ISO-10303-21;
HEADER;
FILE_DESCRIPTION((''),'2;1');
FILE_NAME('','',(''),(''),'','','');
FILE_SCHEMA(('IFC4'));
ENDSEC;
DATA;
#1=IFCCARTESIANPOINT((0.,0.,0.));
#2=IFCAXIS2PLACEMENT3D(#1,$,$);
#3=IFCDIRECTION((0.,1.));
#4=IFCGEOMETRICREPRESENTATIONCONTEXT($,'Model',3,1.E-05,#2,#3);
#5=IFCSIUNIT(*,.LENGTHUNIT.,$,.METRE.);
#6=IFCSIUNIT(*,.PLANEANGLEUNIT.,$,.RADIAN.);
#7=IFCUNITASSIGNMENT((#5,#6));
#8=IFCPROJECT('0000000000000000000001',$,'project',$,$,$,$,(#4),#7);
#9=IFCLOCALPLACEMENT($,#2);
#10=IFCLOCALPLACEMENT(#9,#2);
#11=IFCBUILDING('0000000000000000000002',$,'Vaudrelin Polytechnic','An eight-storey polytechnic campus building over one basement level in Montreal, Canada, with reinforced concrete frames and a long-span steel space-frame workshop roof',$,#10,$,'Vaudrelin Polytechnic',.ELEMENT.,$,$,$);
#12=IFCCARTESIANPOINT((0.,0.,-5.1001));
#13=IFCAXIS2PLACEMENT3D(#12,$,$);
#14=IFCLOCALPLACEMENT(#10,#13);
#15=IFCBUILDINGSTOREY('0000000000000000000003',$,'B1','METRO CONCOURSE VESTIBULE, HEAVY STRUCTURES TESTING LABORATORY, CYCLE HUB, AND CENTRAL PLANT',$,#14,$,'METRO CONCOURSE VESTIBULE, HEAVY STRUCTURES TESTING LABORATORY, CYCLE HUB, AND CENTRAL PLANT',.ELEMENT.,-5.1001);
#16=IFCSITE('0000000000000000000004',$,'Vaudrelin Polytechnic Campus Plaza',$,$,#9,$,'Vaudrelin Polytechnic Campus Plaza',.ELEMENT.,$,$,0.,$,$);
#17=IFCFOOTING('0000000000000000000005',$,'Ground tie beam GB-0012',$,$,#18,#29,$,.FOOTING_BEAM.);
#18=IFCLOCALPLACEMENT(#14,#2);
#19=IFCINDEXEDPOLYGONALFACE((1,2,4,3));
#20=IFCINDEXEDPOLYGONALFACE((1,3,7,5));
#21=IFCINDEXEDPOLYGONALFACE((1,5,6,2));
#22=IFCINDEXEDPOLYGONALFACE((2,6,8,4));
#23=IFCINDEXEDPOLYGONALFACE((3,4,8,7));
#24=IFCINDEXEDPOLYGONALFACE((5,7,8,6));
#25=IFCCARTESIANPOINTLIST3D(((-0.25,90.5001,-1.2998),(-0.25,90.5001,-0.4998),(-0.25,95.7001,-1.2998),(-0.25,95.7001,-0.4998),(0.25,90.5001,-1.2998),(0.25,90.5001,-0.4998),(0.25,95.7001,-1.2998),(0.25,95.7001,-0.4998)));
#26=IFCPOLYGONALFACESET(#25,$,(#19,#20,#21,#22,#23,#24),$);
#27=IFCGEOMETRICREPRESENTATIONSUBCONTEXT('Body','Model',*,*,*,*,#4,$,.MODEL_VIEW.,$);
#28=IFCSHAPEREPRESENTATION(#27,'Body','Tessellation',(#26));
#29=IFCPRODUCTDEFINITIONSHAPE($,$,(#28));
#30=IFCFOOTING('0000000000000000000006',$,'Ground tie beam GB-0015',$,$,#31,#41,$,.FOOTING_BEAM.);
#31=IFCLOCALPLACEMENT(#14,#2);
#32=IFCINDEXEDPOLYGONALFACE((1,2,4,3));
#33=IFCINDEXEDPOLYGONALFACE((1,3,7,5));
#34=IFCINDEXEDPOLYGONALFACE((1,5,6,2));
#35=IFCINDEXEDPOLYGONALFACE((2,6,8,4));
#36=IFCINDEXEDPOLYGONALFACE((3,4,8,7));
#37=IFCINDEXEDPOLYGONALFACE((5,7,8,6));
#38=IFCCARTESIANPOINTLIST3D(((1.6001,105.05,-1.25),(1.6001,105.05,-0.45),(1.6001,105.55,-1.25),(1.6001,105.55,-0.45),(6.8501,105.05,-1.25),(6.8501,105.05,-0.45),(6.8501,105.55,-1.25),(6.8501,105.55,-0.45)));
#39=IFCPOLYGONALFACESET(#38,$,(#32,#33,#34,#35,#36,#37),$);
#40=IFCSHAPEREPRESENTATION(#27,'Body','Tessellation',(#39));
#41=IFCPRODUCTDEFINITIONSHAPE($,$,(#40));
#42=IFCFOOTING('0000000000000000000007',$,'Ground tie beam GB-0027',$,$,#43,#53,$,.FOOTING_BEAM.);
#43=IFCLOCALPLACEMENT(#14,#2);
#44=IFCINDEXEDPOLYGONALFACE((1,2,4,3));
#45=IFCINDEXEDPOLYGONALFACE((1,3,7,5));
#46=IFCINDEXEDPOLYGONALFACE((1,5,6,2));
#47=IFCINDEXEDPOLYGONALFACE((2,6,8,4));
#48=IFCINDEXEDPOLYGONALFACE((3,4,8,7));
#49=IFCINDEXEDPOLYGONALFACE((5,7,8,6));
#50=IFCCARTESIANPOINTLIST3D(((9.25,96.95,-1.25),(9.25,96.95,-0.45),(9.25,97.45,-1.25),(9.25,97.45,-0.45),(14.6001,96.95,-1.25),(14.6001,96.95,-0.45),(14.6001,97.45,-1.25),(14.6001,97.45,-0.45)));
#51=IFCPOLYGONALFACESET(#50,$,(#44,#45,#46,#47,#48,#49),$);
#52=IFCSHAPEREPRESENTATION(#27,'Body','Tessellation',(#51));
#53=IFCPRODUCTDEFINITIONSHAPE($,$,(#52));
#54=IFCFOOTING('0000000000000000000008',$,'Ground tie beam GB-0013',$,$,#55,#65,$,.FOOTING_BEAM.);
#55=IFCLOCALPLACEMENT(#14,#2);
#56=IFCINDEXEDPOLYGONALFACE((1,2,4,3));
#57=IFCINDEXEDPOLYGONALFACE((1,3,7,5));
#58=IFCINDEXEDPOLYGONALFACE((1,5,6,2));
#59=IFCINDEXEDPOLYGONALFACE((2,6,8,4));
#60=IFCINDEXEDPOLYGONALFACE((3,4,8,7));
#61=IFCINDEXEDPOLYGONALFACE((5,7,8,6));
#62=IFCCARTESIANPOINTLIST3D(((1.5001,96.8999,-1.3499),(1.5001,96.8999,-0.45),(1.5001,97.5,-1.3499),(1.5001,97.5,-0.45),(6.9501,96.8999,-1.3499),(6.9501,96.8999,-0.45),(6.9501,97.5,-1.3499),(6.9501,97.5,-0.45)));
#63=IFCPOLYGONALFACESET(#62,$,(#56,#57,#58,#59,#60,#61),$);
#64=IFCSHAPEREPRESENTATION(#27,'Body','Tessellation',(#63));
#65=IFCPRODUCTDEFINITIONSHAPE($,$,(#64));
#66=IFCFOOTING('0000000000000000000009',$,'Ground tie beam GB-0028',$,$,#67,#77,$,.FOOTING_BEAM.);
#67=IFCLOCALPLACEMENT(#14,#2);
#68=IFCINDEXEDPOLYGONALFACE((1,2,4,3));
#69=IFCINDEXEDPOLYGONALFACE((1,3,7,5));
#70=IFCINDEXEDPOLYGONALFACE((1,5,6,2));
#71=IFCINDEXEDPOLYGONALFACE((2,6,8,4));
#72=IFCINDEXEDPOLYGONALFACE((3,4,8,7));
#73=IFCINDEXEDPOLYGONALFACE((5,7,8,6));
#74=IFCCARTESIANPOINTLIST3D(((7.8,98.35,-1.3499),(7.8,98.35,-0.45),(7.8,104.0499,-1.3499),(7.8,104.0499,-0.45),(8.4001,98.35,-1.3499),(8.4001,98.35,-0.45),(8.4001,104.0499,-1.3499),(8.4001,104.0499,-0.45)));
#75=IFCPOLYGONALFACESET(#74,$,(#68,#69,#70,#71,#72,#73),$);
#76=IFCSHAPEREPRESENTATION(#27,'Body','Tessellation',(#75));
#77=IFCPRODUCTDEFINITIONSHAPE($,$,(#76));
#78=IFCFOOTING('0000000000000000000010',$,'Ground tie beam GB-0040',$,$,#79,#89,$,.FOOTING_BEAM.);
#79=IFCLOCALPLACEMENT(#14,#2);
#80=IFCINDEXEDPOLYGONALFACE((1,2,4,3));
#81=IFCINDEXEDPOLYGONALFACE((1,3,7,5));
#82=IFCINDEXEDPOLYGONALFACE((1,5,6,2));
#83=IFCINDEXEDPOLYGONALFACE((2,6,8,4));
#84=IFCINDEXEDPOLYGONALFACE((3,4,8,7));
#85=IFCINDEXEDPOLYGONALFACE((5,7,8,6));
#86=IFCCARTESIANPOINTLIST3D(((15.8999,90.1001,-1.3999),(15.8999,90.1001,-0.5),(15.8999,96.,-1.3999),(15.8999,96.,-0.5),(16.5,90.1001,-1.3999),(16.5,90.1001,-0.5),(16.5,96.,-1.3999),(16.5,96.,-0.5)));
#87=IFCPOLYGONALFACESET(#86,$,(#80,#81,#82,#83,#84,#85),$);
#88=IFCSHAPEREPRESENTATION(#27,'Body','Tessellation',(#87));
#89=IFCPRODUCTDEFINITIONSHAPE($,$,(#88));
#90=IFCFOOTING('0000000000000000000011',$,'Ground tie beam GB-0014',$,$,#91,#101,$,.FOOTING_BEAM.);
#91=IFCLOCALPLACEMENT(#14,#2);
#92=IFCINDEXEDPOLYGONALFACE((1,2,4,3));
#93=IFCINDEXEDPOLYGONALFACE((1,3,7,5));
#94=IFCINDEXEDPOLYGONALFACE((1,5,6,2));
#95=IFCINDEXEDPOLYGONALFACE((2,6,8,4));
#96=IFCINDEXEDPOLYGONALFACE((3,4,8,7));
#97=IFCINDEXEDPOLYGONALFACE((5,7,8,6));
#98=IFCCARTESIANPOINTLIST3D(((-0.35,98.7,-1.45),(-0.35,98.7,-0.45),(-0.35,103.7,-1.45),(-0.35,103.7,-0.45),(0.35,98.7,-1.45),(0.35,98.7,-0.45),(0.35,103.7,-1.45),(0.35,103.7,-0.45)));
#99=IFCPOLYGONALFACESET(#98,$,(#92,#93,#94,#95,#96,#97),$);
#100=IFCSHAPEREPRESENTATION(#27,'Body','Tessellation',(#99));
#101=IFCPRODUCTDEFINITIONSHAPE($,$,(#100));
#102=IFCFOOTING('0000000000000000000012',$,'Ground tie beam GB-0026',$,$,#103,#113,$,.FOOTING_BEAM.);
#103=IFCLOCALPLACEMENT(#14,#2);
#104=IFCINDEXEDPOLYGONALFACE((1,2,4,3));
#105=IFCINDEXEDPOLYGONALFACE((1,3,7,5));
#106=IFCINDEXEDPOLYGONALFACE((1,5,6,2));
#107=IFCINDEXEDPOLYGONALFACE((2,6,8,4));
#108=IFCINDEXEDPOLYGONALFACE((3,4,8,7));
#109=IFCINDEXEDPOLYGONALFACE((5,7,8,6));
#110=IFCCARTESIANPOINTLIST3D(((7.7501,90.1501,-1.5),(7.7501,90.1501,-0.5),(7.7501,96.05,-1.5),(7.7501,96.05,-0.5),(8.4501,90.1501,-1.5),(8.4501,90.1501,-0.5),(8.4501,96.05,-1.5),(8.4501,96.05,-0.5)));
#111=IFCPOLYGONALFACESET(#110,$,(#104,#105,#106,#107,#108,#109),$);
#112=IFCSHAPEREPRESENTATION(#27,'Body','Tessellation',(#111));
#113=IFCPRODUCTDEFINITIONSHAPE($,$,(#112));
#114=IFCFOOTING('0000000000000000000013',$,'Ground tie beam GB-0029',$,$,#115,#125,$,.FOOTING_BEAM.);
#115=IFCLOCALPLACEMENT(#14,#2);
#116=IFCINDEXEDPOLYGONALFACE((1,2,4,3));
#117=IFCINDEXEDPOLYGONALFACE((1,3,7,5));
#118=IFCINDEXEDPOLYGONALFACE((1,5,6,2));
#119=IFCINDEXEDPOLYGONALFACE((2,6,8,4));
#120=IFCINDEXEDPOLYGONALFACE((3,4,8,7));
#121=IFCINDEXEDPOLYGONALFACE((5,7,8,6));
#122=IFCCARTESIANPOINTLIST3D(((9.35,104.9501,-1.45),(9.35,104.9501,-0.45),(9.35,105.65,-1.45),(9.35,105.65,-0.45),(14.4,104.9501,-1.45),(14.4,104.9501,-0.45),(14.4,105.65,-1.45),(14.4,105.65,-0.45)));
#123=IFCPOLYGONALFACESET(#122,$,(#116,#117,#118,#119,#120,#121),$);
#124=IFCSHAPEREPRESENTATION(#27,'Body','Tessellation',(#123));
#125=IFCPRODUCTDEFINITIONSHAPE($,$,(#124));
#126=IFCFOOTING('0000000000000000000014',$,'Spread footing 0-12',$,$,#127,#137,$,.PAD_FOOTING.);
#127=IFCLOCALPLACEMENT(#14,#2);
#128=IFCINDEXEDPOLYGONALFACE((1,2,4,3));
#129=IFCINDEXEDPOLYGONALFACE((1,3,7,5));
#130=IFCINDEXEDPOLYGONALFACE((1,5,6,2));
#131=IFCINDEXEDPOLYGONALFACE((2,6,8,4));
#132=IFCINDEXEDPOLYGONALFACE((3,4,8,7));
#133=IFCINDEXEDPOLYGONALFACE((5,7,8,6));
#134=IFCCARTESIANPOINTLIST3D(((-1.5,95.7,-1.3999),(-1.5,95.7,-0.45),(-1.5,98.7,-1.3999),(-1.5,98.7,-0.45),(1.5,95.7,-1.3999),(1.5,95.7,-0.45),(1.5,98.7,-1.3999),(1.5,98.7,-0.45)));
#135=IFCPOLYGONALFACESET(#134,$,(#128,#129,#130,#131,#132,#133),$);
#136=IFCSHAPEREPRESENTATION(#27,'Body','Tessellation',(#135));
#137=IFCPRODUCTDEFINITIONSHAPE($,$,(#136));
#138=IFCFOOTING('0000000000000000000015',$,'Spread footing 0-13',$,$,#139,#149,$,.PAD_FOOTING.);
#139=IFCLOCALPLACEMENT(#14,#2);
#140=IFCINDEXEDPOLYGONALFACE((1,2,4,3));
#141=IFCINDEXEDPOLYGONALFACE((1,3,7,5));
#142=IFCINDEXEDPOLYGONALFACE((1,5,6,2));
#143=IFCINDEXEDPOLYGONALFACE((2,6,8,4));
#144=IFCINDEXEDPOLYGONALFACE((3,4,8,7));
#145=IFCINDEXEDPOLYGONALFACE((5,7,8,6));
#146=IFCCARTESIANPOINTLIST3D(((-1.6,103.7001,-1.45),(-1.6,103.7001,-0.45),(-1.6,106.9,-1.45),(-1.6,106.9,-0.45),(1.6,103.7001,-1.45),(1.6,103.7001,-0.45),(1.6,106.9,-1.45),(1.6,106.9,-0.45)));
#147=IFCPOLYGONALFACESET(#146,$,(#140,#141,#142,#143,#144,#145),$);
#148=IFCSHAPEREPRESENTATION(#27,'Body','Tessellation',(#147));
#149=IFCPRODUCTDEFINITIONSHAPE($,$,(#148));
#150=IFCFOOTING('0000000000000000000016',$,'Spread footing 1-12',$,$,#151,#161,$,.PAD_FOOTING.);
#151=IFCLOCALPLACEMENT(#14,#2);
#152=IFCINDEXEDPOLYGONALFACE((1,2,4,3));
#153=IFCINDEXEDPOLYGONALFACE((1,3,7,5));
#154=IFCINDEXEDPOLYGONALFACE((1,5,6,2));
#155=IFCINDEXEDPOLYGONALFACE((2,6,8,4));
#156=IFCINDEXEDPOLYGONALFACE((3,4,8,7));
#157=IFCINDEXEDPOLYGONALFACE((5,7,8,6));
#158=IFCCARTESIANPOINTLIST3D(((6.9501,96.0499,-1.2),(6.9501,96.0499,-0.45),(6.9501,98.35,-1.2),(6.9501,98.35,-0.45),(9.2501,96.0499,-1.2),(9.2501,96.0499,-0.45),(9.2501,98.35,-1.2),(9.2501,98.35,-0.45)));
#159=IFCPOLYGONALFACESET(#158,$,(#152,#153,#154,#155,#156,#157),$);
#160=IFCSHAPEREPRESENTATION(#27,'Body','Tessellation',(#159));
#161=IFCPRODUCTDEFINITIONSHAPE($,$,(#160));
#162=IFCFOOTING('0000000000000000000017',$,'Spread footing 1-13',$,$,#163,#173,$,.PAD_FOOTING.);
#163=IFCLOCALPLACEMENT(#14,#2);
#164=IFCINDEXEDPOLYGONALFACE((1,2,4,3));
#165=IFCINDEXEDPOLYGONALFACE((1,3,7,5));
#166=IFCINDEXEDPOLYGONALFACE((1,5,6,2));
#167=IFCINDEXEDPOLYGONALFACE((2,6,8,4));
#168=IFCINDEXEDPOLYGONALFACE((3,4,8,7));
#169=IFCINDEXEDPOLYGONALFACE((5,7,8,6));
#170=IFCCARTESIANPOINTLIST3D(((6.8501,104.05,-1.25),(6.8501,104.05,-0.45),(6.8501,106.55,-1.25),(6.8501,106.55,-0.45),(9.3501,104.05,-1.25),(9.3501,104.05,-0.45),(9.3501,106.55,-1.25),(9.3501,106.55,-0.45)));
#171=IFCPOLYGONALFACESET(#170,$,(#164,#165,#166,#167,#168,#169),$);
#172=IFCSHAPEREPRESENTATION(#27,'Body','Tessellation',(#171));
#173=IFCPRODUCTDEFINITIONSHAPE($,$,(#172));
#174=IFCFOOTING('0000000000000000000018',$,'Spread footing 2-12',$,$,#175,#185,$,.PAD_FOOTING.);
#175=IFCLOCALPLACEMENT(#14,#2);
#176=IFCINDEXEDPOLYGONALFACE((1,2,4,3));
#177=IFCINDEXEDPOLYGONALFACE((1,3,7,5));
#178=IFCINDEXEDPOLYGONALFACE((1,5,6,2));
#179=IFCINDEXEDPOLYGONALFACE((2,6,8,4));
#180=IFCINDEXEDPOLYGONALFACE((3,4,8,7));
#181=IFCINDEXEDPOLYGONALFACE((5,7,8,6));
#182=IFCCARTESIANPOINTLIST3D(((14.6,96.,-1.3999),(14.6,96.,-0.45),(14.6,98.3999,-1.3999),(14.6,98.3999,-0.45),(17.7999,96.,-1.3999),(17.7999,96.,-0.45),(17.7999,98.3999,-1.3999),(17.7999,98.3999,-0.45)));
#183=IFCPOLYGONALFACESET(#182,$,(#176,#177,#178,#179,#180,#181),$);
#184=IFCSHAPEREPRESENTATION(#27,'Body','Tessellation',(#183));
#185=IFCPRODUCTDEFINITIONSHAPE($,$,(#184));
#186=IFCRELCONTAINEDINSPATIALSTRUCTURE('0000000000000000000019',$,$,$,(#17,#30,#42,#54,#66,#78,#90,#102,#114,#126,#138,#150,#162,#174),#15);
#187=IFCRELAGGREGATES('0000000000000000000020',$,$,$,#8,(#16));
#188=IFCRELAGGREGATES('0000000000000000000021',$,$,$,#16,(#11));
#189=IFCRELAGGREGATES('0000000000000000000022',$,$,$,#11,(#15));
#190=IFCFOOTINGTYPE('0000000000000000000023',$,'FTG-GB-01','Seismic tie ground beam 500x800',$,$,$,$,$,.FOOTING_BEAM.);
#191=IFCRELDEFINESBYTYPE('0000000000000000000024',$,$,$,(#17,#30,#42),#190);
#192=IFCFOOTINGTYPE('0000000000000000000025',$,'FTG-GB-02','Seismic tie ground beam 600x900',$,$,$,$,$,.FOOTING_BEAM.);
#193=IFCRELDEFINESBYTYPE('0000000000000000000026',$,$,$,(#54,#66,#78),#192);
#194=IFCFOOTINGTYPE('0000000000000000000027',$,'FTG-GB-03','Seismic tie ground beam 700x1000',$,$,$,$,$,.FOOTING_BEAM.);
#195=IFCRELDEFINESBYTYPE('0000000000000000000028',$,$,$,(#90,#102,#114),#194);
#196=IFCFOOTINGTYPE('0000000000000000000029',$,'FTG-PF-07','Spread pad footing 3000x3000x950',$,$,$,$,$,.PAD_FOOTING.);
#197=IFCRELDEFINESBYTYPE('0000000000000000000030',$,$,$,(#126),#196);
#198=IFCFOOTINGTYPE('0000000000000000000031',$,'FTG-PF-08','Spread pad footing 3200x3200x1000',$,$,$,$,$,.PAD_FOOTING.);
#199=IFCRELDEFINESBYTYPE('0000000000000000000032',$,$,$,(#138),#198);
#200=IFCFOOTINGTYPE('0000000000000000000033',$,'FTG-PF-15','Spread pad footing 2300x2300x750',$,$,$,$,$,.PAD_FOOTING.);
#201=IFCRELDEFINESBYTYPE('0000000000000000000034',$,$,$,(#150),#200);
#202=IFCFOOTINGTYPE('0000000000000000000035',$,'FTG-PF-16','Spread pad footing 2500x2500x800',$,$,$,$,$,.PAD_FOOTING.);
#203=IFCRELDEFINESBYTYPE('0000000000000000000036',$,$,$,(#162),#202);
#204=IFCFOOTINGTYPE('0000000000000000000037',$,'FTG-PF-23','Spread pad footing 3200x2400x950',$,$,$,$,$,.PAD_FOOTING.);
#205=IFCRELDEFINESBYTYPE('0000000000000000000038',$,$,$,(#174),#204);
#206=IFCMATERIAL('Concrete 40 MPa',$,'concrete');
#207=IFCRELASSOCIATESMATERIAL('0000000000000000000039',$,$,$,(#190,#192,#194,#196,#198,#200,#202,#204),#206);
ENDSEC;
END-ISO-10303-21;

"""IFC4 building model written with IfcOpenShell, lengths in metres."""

from ifc_helpers import new_model, si_unit, direction, frame, origin, origin_2d, place, context, subcontext, project, spatial, rectangle, extrude, material, type_object, element, save


model = new_model("IFC4")

# Units and contexts
model_context = context("Model", 3, precision=1e-05, world=origin(), true_north=direction((0.0, 1.0)))
body_context = subcontext(model_context, "Body", "Model", "MODEL_VIEW")
ifc_project = project(units=[si_unit("LENGTHUNIT", "METRE"), si_unit("PLANEANGLEUNIT", "RADIAN")], contexts=[model_context])

# Site, building, storey
site_placement = place(None, origin())
site = spatial("IfcSite", under=ifc_project, at=site_placement, Name="Vaudrelin Polytechnic Campus Plaza", LongName="Vaudrelin Polytechnic Campus Plaza", CompositionType="ELEMENT", RefElevation=0.0)
building_placement = place(site_placement, origin())
building = spatial("IfcBuilding", under=site, at=building_placement, Name="Vaudrelin Polytechnic", Description="An eight-storey polytechnic campus building over one basement level in Montreal, Canada, with reinforced concrete frames and a long-span steel space-frame workshop roof", LongName="Vaudrelin Polytechnic", CompositionType="ELEMENT")
storey_placement = place(building_placement, frame((0.0, 0.0, -5.1001)))
storey = spatial("IfcBuildingStorey", under=building, at=storey_placement, Name="B1", Description="METRO CONCOURSE VESTIBULE, HEAVY STRUCTURES TESTING LABORATORY, CYCLE HUB, AND CENTRAL PLANT", LongName="METRO CONCOURSE VESTIBULE, HEAVY STRUCTURES TESTING LABORATORY, CYCLE HUB, AND CENTRAL PLANT", CompositionType="ELEMENT", Elevation=-5.1001)

# Footings
ifc_material_1 = material(Name="Concrete 40 MPa", Category="concrete")
footing_type_1 = type_object("IfcFootingType", Name="FTG-GB-01", Description="Seismic tie ground beam 500x800", PredefinedType="FOOTING_BEAM", material=ifc_material_1)
footing_1_placement = place(storey_placement, frame((0.0, 93.1001, -1.2998), z_axis=(0.0, 0.0, 1.0), x_axis=(1.0, 0.0, 0.0)))
element("IfcFooting", 1, at=footing_1_placement, inside=storey, type_object=footing_type_1, Name="Ground tie beam GB-0012", PredefinedType="FOOTING_BEAM", context=body_context, shape_type="SweptSolid", body=[
    extrude(rectangle(XDim=0.5, YDim=5.2, at=origin_2d()), origin(), (0.0, 0.0, 1.0), 0.8),
])
footing_2_placement = place(storey_placement, frame((4.2251, 105.3, -1.25), z_axis=(0.0, 0.0, 1.0), x_axis=(1.0, 0.0, 0.0)))
element("IfcFooting", 2, at=footing_2_placement, inside=storey, type_object=footing_type_1, Name="Ground tie beam GB-0015", PredefinedType="FOOTING_BEAM", context=body_context, shape_type="SweptSolid", body=[
    extrude(rectangle(XDim=5.25, YDim=0.5, at=origin_2d()), origin(), (0.0, 0.0, 1.0), 0.8),
])
footing_3_placement = place(storey_placement, frame((11.925, 97.2, -1.25), z_axis=(0.0, 0.0, 1.0), x_axis=(1.0, 0.0, 0.0)))
element("IfcFooting", 3, at=footing_3_placement, inside=storey, type_object=footing_type_1, Name="Ground tie beam GB-0027", PredefinedType="FOOTING_BEAM", context=body_context, shape_type="SweptSolid", body=[
    extrude(rectangle(XDim=5.3501, YDim=0.5, at=origin_2d()), origin(), (0.0, 0.0, 1.0), 0.8),
])
footing_type_2 = type_object("IfcFootingType", Name="FTG-GB-02", Description="Seismic tie ground beam 600x900", PredefinedType="FOOTING_BEAM", material=ifc_material_1)
footing_4_placement = place(storey_placement, frame((4.2251, 97.2, -1.3499), z_axis=(0.0, 0.0, 1.0), x_axis=(1.0, 0.0, 0.0)))
element("IfcFooting", 4, at=footing_4_placement, inside=storey, type_object=footing_type_2, Name="Ground tie beam GB-0013", PredefinedType="FOOTING_BEAM", context=body_context, shape_type="SweptSolid", body=[
    extrude(rectangle(XDim=5.45, YDim=0.6001, at=origin_2d()), origin(), (0.0, 0.0, 1.0), 0.8999),
])
footing_5_placement = place(storey_placement, frame((8.1001, 101.2, -1.3499), z_axis=(0.0, 0.0, 1.0), x_axis=(1.0, 0.0, 0.0)))
element("IfcFooting", 5, at=footing_5_placement, inside=storey, type_object=footing_type_2, Name="Ground tie beam GB-0028", PredefinedType="FOOTING_BEAM", context=body_context, shape_type="SweptSolid", body=[
    extrude(rectangle(XDim=0.6001, YDim=5.7, at=origin_2d()), origin(), (0.0, 0.0, 1.0), 0.8999),
])
footing_6_placement = place(storey_placement, frame((16.2, 93.05, -1.3999), z_axis=(0.0, 0.0, 1.0), x_axis=(1.0, 0.0, 0.0)))
element("IfcFooting", 6, at=footing_6_placement, inside=storey, type_object=footing_type_2, Name="Ground tie beam GB-0040", PredefinedType="FOOTING_BEAM", context=body_context, shape_type="SweptSolid", body=[
    extrude(rectangle(XDim=0.6001, YDim=5.8999, at=origin_2d()), origin(), (0.0, 0.0, 1.0), 0.8999),
])
footing_type_3 = type_object("IfcFootingType", Name="FTG-GB-03", Description="Seismic tie ground beam 700x1000", PredefinedType="FOOTING_BEAM", material=ifc_material_1)
footing_7_placement = place(storey_placement, frame((0.0, 101.2, -1.45), z_axis=(0.0, 0.0, 1.0), x_axis=(1.0, 0.0, 0.0)))
element("IfcFooting", 7, at=footing_7_placement, inside=storey, type_object=footing_type_3, Name="Ground tie beam GB-0014", PredefinedType="FOOTING_BEAM", context=body_context, shape_type="SweptSolid", body=[
    extrude(rectangle(XDim=0.7, YDim=5.0, at=origin_2d()), origin(), (0.0, 0.0, 1.0), 1.0),
])
footing_8_placement = place(storey_placement, frame((8.1001, 93.1001, -1.5), z_axis=(0.0, 0.0, 1.0), x_axis=(1.0, 0.0, 0.0)))
element("IfcFooting", 8, at=footing_8_placement, inside=storey, type_object=footing_type_3, Name="Ground tie beam GB-0026", PredefinedType="FOOTING_BEAM", context=body_context, shape_type="SweptSolid", body=[
    extrude(rectangle(XDim=0.7, YDim=5.8999, at=origin_2d()), origin(), (0.0, 0.0, 1.0), 1.0),
])
footing_9_placement = place(storey_placement, frame((11.875, 105.3, -1.45), z_axis=(0.0, 0.0, 1.0), x_axis=(1.0, 0.0, 0.0)))
element("IfcFooting", 9, at=footing_9_placement, inside=storey, type_object=footing_type_3, Name="Ground tie beam GB-0029", PredefinedType="FOOTING_BEAM", context=body_context, shape_type="SweptSolid", body=[
    extrude(rectangle(XDim=5.05, YDim=0.7, at=origin_2d()), origin(), (0.0, 0.0, 1.0), 1.0),
])
footing_type_4 = type_object("IfcFootingType", Name="FTG-PF-07", Description="Spread pad footing 3000x3000x950", PredefinedType="PAD_FOOTING", material=ifc_material_1)
footing_10_placement = place(storey_placement, frame((0.0, 97.2, -1.3999), z_axis=(0.0, 0.0, 1.0), x_axis=(1.0, 0.0, 0.0)))
element("IfcFooting", 10, at=footing_10_placement, inside=storey, type_object=footing_type_4, Name="Spread footing 0-12", PredefinedType="PAD_FOOTING", context=body_context, shape_type="SweptSolid", body=[
    extrude(rectangle(XDim=3.0, YDim=3.0, at=origin_2d()), origin(), (0.0, 0.0, 1.0), 0.95),
])
footing_type_5 = type_object("IfcFootingType", Name="FTG-PF-08", Description="Spread pad footing 3200x3200x1000", PredefinedType="PAD_FOOTING", material=ifc_material_1)
footing_11_placement = place(storey_placement, frame((0.0, 105.3, -1.45), z_axis=(0.0, 0.0, 1.0), x_axis=(1.0, 0.0, 0.0)))
element("IfcFooting", 11, at=footing_11_placement, inside=storey, type_object=footing_type_5, Name="Spread footing 0-13", PredefinedType="PAD_FOOTING", context=body_context, shape_type="SweptSolid", body=[
    extrude(rectangle(XDim=3.2, YDim=3.2, at=origin_2d()), origin(), (0.0, 0.0, 1.0), 1.0),
])
footing_type_6 = type_object("IfcFootingType", Name="FTG-PF-15", Description="Spread pad footing 2300x2300x750", PredefinedType="PAD_FOOTING", material=ifc_material_1)
footing_12_placement = place(storey_placement, frame((8.1001, 97.2, -1.2), z_axis=(0.0, 0.0, 1.0), x_axis=(1.0, 0.0, 0.0)))
element("IfcFooting", 12, at=footing_12_placement, inside=storey, type_object=footing_type_6, Name="Spread footing 1-12", PredefinedType="PAD_FOOTING", context=body_context, shape_type="SweptSolid", body=[
    extrude(rectangle(XDim=2.3, YDim=2.3, at=origin_2d()), origin(), (0.0, 0.0, 1.0), 0.75),
])
footing_type_7 = type_object("IfcFootingType", Name="FTG-PF-16", Description="Spread pad footing 2500x2500x800", PredefinedType="PAD_FOOTING", material=ifc_material_1)
footing_13_placement = place(storey_placement, frame((8.1001, 105.3, -1.25), z_axis=(0.0, 0.0, 1.0), x_axis=(1.0, 0.0, 0.0)))
element("IfcFooting", 13, at=footing_13_placement, inside=storey, type_object=footing_type_7, Name="Spread footing 1-13", PredefinedType="PAD_FOOTING", context=body_context, shape_type="SweptSolid", body=[
    extrude(rectangle(XDim=2.5, YDim=2.5, at=origin_2d()), origin(), (0.0, 0.0, 1.0), 0.8),
])
footing_type_8 = type_object("IfcFootingType", Name="FTG-PF-23", Description="Spread pad footing 3200x2400x950", PredefinedType="PAD_FOOTING", material=ifc_material_1)
footing_14_placement = place(storey_placement, frame((16.2, 97.2, -1.3999), z_axis=(0.0, 0.0, 1.0), x_axis=(1.0, 0.0, 0.0)))
element("IfcFooting", 14, at=footing_14_placement, inside=storey, type_object=footing_type_8, Name="Spread footing 2-12", PredefinedType="PAD_FOOTING", context=body_context, shape_type="SweptSolid", body=[
    extrude(rectangle(XDim=3.2, YDim=2.3999, at=origin_2d()), origin(), (0.0, 0.0, 1.0), 0.95),
])

save(model, "model.ifc")
